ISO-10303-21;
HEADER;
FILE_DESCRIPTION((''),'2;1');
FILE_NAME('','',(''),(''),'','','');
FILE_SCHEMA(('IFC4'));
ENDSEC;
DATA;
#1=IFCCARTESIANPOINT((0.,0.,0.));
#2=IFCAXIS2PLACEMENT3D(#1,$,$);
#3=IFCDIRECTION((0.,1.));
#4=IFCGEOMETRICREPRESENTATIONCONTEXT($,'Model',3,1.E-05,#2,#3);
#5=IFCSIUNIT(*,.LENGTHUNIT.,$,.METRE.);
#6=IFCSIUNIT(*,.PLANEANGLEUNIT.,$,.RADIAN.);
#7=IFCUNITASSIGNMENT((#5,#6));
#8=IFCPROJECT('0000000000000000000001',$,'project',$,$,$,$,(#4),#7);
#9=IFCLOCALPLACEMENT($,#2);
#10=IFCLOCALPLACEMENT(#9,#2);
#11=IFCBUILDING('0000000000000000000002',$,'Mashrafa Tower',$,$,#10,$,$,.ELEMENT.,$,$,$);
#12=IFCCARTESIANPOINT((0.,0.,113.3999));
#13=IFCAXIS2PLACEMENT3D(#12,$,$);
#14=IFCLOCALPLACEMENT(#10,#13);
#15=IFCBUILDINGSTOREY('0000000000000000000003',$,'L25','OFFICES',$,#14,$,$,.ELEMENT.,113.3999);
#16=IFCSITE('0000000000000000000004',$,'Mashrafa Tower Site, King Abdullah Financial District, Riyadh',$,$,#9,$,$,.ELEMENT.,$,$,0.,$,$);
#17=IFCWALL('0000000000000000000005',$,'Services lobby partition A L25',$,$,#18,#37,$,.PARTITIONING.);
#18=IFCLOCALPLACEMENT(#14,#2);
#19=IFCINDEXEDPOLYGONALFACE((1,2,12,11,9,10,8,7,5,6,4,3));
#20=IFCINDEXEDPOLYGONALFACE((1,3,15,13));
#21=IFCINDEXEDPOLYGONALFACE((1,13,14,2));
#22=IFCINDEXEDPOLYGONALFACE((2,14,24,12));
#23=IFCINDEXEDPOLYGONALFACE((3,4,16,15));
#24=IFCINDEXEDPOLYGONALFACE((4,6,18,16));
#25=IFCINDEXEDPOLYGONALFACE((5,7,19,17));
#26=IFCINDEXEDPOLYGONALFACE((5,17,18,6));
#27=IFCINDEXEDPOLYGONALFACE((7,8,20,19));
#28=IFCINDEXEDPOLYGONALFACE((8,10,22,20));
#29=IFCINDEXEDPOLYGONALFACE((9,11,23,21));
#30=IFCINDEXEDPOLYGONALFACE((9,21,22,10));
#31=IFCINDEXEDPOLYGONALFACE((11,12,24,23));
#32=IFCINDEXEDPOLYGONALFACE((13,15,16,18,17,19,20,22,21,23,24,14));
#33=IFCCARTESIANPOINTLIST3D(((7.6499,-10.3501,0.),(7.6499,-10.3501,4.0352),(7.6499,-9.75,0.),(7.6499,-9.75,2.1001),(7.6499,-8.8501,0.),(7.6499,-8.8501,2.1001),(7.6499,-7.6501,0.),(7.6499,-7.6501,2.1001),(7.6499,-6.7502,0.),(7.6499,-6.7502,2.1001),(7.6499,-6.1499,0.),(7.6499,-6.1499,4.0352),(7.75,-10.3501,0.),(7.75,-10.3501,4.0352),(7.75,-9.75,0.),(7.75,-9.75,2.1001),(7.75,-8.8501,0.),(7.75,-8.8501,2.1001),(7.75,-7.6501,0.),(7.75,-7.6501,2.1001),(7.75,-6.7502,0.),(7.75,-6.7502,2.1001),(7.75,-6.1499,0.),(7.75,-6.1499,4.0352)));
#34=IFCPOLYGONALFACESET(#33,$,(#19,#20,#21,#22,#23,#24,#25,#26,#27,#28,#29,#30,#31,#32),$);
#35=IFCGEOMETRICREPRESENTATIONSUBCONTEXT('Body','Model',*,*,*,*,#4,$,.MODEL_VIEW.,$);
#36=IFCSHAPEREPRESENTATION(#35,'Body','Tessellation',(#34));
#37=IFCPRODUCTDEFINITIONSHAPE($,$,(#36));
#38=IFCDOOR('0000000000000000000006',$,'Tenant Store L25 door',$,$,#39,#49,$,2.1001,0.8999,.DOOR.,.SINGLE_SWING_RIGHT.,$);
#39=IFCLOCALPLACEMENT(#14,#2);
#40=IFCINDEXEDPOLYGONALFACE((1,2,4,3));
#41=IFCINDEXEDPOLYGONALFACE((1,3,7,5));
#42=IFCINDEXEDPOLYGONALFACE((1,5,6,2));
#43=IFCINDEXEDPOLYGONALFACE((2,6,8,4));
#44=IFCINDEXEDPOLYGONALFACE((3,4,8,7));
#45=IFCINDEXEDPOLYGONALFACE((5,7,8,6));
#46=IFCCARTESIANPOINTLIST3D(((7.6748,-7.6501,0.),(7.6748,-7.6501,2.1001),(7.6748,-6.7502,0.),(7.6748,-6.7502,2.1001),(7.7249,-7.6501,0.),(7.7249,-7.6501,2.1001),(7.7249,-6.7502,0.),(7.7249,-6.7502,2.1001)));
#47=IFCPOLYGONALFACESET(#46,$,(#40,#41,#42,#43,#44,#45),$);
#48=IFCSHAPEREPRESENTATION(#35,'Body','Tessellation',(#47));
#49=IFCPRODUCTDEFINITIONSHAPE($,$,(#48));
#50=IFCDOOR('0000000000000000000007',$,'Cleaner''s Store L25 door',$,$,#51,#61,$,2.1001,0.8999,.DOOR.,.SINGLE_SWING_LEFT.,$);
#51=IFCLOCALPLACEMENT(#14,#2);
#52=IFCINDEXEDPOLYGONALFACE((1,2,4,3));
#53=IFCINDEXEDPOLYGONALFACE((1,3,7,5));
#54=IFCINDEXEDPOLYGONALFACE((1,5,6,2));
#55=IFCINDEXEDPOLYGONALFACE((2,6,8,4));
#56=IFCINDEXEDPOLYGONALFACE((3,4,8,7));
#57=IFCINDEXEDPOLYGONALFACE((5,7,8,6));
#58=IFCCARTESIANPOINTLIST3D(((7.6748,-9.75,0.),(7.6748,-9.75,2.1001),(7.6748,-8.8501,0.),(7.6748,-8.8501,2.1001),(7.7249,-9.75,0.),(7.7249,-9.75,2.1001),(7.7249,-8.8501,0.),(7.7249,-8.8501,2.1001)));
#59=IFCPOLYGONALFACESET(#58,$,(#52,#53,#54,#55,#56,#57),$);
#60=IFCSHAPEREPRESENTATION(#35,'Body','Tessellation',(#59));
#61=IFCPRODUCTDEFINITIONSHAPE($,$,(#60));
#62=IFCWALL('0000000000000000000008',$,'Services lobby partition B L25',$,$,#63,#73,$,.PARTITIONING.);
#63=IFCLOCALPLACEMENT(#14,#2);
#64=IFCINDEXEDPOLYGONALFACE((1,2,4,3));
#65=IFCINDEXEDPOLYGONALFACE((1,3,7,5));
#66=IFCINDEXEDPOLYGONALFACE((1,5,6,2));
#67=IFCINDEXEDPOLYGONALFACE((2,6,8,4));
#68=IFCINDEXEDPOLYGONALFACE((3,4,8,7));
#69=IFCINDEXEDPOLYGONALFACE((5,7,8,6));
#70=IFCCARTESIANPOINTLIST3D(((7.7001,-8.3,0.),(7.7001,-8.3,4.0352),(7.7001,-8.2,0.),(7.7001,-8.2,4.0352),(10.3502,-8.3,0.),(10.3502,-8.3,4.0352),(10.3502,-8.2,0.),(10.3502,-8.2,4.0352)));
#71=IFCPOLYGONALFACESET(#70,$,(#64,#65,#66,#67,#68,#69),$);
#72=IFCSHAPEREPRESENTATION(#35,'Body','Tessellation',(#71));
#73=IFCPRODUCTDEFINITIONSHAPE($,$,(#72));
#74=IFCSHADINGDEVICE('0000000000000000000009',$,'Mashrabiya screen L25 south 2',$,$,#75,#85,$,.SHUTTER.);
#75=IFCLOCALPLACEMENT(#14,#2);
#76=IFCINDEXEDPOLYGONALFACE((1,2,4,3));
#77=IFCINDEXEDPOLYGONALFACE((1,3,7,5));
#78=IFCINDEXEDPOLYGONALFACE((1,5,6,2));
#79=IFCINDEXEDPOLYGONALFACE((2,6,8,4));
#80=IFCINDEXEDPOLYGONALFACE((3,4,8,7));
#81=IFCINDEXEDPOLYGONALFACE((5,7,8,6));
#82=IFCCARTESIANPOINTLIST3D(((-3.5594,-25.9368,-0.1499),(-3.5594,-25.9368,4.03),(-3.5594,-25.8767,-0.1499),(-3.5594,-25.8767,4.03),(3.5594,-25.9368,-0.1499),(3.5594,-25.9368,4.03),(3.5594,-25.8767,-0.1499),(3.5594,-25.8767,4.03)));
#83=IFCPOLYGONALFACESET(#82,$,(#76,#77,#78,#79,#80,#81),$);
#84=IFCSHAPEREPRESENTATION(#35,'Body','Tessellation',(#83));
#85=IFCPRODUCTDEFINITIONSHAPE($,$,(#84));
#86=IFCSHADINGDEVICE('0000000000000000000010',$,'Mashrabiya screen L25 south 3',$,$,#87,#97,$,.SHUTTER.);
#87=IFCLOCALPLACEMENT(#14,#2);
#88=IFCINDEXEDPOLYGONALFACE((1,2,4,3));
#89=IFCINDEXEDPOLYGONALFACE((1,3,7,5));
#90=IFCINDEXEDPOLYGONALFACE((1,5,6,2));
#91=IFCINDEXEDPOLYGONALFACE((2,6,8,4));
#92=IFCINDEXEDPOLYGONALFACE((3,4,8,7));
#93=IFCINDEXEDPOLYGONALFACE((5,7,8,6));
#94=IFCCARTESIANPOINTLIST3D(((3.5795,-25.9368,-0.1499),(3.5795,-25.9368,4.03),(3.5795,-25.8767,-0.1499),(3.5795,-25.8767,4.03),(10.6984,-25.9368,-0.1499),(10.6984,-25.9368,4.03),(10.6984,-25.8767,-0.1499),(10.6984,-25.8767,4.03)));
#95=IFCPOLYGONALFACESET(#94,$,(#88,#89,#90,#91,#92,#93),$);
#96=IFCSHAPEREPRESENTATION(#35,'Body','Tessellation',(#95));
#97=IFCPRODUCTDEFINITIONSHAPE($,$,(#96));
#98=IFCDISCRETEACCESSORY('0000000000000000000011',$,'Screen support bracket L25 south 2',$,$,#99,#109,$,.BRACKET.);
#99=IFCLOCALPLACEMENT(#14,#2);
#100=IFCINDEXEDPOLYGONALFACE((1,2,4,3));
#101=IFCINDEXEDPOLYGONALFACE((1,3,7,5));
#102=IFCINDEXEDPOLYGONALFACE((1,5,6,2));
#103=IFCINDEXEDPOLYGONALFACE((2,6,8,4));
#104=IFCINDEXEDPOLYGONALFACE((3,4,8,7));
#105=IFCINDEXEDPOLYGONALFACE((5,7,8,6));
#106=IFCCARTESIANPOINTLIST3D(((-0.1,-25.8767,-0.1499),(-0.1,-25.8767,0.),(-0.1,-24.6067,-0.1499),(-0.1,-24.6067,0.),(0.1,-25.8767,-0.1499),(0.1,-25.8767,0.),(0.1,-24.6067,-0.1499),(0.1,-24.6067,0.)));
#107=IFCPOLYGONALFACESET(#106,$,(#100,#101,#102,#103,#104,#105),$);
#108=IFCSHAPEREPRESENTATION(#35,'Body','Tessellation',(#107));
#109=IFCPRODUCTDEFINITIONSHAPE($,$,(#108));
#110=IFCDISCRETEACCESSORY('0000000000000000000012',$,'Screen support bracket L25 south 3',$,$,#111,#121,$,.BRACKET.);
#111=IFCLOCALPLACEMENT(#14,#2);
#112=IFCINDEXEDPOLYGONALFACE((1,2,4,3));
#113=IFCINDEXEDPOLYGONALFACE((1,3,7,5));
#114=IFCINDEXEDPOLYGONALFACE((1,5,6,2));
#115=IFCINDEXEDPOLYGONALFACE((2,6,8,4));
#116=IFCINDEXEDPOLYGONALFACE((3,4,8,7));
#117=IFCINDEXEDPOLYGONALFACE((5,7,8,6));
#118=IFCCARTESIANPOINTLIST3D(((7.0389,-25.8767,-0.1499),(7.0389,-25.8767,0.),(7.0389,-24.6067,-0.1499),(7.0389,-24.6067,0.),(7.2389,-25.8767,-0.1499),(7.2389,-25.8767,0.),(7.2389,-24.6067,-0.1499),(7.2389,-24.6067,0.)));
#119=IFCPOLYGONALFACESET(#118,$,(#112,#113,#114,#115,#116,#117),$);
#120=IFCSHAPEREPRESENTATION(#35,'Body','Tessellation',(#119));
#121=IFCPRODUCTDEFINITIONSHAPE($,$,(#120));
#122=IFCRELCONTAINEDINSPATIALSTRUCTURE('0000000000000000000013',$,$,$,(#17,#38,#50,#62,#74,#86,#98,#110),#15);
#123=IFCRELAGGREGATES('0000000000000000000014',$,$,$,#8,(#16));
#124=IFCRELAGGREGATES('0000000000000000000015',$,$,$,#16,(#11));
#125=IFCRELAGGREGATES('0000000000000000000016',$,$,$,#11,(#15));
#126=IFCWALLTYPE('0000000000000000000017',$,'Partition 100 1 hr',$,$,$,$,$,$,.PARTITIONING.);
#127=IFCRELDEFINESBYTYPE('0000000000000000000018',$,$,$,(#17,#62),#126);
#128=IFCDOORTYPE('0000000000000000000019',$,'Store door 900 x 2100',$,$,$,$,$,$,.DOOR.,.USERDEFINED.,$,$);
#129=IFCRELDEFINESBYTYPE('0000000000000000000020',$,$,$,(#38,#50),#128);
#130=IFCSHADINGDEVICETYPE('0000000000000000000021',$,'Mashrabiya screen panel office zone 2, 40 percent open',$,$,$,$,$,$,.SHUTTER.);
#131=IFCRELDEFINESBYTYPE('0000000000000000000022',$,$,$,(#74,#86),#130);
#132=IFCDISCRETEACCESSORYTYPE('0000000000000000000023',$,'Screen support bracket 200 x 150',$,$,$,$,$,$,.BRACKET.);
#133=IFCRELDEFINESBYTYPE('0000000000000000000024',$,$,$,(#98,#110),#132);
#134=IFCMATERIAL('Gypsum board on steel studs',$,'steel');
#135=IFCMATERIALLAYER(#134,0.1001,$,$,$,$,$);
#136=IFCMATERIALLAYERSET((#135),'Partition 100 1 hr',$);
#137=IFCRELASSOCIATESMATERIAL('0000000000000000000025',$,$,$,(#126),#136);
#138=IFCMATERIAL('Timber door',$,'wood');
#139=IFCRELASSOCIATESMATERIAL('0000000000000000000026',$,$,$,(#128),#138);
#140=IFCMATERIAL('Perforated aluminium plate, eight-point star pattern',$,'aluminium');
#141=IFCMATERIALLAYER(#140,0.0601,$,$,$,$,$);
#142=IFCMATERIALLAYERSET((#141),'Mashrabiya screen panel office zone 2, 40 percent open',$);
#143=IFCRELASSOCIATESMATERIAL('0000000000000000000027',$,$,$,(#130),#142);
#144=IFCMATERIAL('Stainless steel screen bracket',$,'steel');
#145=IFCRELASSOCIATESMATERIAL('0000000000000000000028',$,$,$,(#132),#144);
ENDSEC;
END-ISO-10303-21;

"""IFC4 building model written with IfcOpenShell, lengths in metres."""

from ifc_helpers import new_model, si_unit, direction, frame, frame_2d, origin, origin_2d, place, context, subcontext, project, spatial, rectangle, extrude, source, transform, mapped, material, layer, layer_set, type_object, type_shapes, element, fill, save


model = new_model("IFC4")

# Units and contexts
model_context = context("Model", 3, precision=1e-05, world=origin(), true_north=direction((0.0, 1.0)))
body_context = subcontext(model_context, "Body", "Model", "MODEL_VIEW")
ifc_project = project(units=[si_unit("LENGTHUNIT", "METRE"), si_unit("PLANEANGLEUNIT", "RADIAN")], contexts=[model_context])

# Site, building, storey
site_placement = place(None, origin())
site = spatial("IfcSite", under=ifc_project, at=site_placement, Name="Mashrafa Tower Site, King Abdullah Financial District, Riyadh", CompositionType="ELEMENT", RefElevation=0.0)
building_placement = place(site_placement, origin())
building = spatial("IfcBuilding", under=site, at=building_placement, Name="Mashrafa Tower", CompositionType="ELEMENT")
storey_placement = place(building_placement, frame((0.0, 0.0, 113.3999)))
storey = spatial("IfcBuildingStorey", under=building, at=storey_placement, Name="L25", Description="OFFICES", CompositionType="ELEMENT", Elevation=113.3999)

# Wall, openings, doors
ifc_material_1 = material(Name="Gypsum board on steel studs", Category="steel")
ifc_layer_1 = layer(ifc_material_1, 0.1001)
ifc_layer_set_1 = layer_set([ifc_layer_1], Name="Partition 100 1 hr")
wall_type_1 = type_object("IfcWallType", Name="Partition 100 1 hr", PredefinedType="PARTITIONING", material=ifc_layer_set_1)
wall_1_placement = place(storey_placement, frame((7.7, -10.3501, 0.0), z_axis=(0.0, 0.0, 1.0), x_axis=(0.0, 1.0, 0.0)))
wall_1 = element("IfcWall", 1, at=wall_1_placement, inside=storey, type_object=wall_type_1, Name="Services lobby partition A L25", PredefinedType="PARTITIONING", context=body_context, shape_type="SweptSolid", body=[
    extrude(rectangle(XDim=4.2002, YDim=0.1001, at=frame_2d((2.1001, 0.0))), origin(), (0.0, 0.0, 1.0), 4.0352),
])
opening_1_placement = place(wall_1_placement, frame((2.7, 0.0, 0.0)))
opening_1 = element("IfcOpeningElement", 2, at=opening_1_placement, cuts=wall_1, PredefinedType="OPENING", context=body_context, shape_type="SweptSolid", body=[
    extrude(rectangle(XDim=0.8999, YDim=2.1001, at=frame_2d((0.45, 1.05))), frame((0.0, 0.0601, 0.0), z_axis=(0.0, -1.0, 0.0), x_axis=(1.0, 0.0, 0.0)), (0.0, 0.0, 1.0), 0.1201),
])
opening_2_placement = place(wall_1_placement, frame((0.6001, 0.0, 0.0)))
opening_2 = element("IfcOpeningElement", 3, at=opening_2_placement, cuts=wall_1, PredefinedType="OPENING", context=body_context, shape_type="SweptSolid", body=[
    extrude(rectangle(XDim=0.8999, YDim=2.1001, at=frame_2d((0.45, 1.05))), frame((0.0, 0.0601, 0.0), z_axis=(0.0, -1.0, 0.0), x_axis=(1.0, 0.0, 0.0)), (0.0, 0.0, 1.0), 0.1201),
])
ifc_material_2 = material(Name="Timber door", Category="wood")
door_type_1 = type_object("IfcDoorType", Name="Store door 900 x 2100", OperationType="USERDEFINED", PredefinedType="DOOR", material=ifc_material_2)
door_1_placement = place(opening_1_placement, frame((0.8999, 0.0, 0.0), z_axis=(0.0, 0.0, 1.0), x_axis=(-1.0, 0.0, 0.0)))
door_1 = element("IfcDoor", 4, at=door_1_placement, inside=storey, type_object=door_type_1, Name="Tenant Store L25 door", OperationType="SINGLE_SWING_RIGHT", OverallHeight=2.1001, OverallWidth=0.8999, PredefinedType="DOOR", context=body_context, shape_type="SweptSolid", body=[
    extrude(rectangle(XDim=0.8999, YDim=2.1001, at=frame_2d((0.45, 1.05))), frame((0.0, 0.0249, 0.0), z_axis=(0.0, -1.0, 0.0), x_axis=(1.0, 0.0, 0.0)), (0.0, 0.0, 1.0), 0.05),
])
fill(opening_1, door_1)
door_2_placement = place(opening_2_placement, frame((0.8999, 0.0, 0.0), z_axis=(0.0, 0.0, 1.0), x_axis=(-1.0, 0.0, 0.0)))
door_2 = element("IfcDoor", 5, at=door_2_placement, inside=storey, type_object=door_type_1, Name="Cleaner's Store L25 door", OperationType="SINGLE_SWING_LEFT", OverallHeight=2.1001, OverallWidth=0.8999, PredefinedType="DOOR", context=body_context, shape_type="SweptSolid", body=[
    extrude(rectangle(XDim=0.8999, YDim=2.1001, at=frame_2d((0.45, 1.05))), frame((0.0, 0.0249, 0.0), z_axis=(0.0, -1.0, 0.0), x_axis=(1.0, 0.0, 0.0)), (0.0, 0.0, 1.0), 0.05),
])
fill(opening_2, door_2)

# Wall
wall_2_placement = place(storey_placement, frame((7.7, -8.25, 0.0), z_axis=(0.0, 0.0, 1.0), x_axis=(1.0, 0.0, 0.0)))
element("IfcWall", 6, at=wall_2_placement, inside=storey, type_object=wall_type_1, Name="Services lobby partition B L25", PredefinedType="PARTITIONING", context=body_context, shape_type="SweptSolid", body=[
    extrude(rectangle(XDim=2.6501, YDim=0.1001, at=frame_2d((1.3252, 0.0))), origin(), (0.0, 0.0, 1.0), 4.0352),
])

# Shading devices
ifc_material_3 = material(Name="Perforated aluminium plate, eight-point star pattern", Category="aluminium")
ifc_layer_2 = layer(ifc_material_3, 0.0601)
ifc_layer_set_2 = layer_set([ifc_layer_2], Name="Mashrabiya screen panel office zone 2, 40 percent open")
shading_device_type = type_object("IfcShadingDeviceType", Name="Mashrabiya screen panel office zone 2, 40 percent open", PredefinedType="SHUTTER", material=ifc_layer_set_2)
shared_shape_1 = source(origin(), body_context, "Body", "SweptSolid", [
    extrude(rectangle(XDim=7.1189, YDim=0.0601, at=origin_2d()), origin(), (0.0, 0.0, 1.0), 4.1799),
])
type_shapes(shading_device_type, [shared_shape_1])
for number, where, z_axis, x_axis, name in (
    (7, (0.0, -25.9067, -0.1499), (0.0, 0.0, 1.0), (1.0, 0.0, 0.0), "Mashrabiya screen L25 south 2"),
    (8, (7.1389, -25.9067, -0.1499), (0.0, 0.0, 1.0), (1.0, 0.0, 0.0), "Mashrabiya screen L25 south 3"),
):
    element("IfcShadingDevice", number, at=place(storey_placement, frame(where, z_axis=z_axis, x_axis=x_axis)), inside=storey, type_object=shading_device_type, Name=name, PredefinedType="SHUTTER", context=body_context, shape_type="MappedRepresentation", body=[
        mapped(shared_shape_1, transform((0.0, 0.0, 0.0))),
    ])

# Discrete accessories
ifc_material_4 = material(Name="Stainless steel screen bracket", Category="steel")
discrete_accessory_type = type_object("IfcDiscreteAccessoryType", Name="Screen support bracket 200 x 150", PredefinedType="BRACKET", material=ifc_material_4)
shared_shape_2 = source(origin(), body_context, "Body", "SweptSolid", [
    extrude(rectangle(XDim=0.2, YDim=1.27, at=origin_2d()), origin(), (0.0, 0.0, 1.0), 0.1499),
])
type_shapes(discrete_accessory_type, [shared_shape_2])
for number, where, z_axis, x_axis, name in (
    (9, (0.0, -25.2417, -0.1499), (0.0, 0.0, 1.0), (1.0, 0.0, 0.0), "Screen support bracket L25 south 2"),
    (10, (7.1389, -25.2417, -0.1499), (0.0, 0.0, 1.0), (1.0, 0.0, 0.0), "Screen support bracket L25 south 3"),
):
    element("IfcDiscreteAccessory", number, at=place(storey_placement, frame(where, z_axis=z_axis, x_axis=x_axis)), inside=storey, type_object=discrete_accessory_type, Name=name, PredefinedType="BRACKET", context=body_context, shape_type="MappedRepresentation", body=[
        mapped(shared_shape_2, transform((0.0, 0.0, 0.0))),
    ])

save(model, "model.ifc")
